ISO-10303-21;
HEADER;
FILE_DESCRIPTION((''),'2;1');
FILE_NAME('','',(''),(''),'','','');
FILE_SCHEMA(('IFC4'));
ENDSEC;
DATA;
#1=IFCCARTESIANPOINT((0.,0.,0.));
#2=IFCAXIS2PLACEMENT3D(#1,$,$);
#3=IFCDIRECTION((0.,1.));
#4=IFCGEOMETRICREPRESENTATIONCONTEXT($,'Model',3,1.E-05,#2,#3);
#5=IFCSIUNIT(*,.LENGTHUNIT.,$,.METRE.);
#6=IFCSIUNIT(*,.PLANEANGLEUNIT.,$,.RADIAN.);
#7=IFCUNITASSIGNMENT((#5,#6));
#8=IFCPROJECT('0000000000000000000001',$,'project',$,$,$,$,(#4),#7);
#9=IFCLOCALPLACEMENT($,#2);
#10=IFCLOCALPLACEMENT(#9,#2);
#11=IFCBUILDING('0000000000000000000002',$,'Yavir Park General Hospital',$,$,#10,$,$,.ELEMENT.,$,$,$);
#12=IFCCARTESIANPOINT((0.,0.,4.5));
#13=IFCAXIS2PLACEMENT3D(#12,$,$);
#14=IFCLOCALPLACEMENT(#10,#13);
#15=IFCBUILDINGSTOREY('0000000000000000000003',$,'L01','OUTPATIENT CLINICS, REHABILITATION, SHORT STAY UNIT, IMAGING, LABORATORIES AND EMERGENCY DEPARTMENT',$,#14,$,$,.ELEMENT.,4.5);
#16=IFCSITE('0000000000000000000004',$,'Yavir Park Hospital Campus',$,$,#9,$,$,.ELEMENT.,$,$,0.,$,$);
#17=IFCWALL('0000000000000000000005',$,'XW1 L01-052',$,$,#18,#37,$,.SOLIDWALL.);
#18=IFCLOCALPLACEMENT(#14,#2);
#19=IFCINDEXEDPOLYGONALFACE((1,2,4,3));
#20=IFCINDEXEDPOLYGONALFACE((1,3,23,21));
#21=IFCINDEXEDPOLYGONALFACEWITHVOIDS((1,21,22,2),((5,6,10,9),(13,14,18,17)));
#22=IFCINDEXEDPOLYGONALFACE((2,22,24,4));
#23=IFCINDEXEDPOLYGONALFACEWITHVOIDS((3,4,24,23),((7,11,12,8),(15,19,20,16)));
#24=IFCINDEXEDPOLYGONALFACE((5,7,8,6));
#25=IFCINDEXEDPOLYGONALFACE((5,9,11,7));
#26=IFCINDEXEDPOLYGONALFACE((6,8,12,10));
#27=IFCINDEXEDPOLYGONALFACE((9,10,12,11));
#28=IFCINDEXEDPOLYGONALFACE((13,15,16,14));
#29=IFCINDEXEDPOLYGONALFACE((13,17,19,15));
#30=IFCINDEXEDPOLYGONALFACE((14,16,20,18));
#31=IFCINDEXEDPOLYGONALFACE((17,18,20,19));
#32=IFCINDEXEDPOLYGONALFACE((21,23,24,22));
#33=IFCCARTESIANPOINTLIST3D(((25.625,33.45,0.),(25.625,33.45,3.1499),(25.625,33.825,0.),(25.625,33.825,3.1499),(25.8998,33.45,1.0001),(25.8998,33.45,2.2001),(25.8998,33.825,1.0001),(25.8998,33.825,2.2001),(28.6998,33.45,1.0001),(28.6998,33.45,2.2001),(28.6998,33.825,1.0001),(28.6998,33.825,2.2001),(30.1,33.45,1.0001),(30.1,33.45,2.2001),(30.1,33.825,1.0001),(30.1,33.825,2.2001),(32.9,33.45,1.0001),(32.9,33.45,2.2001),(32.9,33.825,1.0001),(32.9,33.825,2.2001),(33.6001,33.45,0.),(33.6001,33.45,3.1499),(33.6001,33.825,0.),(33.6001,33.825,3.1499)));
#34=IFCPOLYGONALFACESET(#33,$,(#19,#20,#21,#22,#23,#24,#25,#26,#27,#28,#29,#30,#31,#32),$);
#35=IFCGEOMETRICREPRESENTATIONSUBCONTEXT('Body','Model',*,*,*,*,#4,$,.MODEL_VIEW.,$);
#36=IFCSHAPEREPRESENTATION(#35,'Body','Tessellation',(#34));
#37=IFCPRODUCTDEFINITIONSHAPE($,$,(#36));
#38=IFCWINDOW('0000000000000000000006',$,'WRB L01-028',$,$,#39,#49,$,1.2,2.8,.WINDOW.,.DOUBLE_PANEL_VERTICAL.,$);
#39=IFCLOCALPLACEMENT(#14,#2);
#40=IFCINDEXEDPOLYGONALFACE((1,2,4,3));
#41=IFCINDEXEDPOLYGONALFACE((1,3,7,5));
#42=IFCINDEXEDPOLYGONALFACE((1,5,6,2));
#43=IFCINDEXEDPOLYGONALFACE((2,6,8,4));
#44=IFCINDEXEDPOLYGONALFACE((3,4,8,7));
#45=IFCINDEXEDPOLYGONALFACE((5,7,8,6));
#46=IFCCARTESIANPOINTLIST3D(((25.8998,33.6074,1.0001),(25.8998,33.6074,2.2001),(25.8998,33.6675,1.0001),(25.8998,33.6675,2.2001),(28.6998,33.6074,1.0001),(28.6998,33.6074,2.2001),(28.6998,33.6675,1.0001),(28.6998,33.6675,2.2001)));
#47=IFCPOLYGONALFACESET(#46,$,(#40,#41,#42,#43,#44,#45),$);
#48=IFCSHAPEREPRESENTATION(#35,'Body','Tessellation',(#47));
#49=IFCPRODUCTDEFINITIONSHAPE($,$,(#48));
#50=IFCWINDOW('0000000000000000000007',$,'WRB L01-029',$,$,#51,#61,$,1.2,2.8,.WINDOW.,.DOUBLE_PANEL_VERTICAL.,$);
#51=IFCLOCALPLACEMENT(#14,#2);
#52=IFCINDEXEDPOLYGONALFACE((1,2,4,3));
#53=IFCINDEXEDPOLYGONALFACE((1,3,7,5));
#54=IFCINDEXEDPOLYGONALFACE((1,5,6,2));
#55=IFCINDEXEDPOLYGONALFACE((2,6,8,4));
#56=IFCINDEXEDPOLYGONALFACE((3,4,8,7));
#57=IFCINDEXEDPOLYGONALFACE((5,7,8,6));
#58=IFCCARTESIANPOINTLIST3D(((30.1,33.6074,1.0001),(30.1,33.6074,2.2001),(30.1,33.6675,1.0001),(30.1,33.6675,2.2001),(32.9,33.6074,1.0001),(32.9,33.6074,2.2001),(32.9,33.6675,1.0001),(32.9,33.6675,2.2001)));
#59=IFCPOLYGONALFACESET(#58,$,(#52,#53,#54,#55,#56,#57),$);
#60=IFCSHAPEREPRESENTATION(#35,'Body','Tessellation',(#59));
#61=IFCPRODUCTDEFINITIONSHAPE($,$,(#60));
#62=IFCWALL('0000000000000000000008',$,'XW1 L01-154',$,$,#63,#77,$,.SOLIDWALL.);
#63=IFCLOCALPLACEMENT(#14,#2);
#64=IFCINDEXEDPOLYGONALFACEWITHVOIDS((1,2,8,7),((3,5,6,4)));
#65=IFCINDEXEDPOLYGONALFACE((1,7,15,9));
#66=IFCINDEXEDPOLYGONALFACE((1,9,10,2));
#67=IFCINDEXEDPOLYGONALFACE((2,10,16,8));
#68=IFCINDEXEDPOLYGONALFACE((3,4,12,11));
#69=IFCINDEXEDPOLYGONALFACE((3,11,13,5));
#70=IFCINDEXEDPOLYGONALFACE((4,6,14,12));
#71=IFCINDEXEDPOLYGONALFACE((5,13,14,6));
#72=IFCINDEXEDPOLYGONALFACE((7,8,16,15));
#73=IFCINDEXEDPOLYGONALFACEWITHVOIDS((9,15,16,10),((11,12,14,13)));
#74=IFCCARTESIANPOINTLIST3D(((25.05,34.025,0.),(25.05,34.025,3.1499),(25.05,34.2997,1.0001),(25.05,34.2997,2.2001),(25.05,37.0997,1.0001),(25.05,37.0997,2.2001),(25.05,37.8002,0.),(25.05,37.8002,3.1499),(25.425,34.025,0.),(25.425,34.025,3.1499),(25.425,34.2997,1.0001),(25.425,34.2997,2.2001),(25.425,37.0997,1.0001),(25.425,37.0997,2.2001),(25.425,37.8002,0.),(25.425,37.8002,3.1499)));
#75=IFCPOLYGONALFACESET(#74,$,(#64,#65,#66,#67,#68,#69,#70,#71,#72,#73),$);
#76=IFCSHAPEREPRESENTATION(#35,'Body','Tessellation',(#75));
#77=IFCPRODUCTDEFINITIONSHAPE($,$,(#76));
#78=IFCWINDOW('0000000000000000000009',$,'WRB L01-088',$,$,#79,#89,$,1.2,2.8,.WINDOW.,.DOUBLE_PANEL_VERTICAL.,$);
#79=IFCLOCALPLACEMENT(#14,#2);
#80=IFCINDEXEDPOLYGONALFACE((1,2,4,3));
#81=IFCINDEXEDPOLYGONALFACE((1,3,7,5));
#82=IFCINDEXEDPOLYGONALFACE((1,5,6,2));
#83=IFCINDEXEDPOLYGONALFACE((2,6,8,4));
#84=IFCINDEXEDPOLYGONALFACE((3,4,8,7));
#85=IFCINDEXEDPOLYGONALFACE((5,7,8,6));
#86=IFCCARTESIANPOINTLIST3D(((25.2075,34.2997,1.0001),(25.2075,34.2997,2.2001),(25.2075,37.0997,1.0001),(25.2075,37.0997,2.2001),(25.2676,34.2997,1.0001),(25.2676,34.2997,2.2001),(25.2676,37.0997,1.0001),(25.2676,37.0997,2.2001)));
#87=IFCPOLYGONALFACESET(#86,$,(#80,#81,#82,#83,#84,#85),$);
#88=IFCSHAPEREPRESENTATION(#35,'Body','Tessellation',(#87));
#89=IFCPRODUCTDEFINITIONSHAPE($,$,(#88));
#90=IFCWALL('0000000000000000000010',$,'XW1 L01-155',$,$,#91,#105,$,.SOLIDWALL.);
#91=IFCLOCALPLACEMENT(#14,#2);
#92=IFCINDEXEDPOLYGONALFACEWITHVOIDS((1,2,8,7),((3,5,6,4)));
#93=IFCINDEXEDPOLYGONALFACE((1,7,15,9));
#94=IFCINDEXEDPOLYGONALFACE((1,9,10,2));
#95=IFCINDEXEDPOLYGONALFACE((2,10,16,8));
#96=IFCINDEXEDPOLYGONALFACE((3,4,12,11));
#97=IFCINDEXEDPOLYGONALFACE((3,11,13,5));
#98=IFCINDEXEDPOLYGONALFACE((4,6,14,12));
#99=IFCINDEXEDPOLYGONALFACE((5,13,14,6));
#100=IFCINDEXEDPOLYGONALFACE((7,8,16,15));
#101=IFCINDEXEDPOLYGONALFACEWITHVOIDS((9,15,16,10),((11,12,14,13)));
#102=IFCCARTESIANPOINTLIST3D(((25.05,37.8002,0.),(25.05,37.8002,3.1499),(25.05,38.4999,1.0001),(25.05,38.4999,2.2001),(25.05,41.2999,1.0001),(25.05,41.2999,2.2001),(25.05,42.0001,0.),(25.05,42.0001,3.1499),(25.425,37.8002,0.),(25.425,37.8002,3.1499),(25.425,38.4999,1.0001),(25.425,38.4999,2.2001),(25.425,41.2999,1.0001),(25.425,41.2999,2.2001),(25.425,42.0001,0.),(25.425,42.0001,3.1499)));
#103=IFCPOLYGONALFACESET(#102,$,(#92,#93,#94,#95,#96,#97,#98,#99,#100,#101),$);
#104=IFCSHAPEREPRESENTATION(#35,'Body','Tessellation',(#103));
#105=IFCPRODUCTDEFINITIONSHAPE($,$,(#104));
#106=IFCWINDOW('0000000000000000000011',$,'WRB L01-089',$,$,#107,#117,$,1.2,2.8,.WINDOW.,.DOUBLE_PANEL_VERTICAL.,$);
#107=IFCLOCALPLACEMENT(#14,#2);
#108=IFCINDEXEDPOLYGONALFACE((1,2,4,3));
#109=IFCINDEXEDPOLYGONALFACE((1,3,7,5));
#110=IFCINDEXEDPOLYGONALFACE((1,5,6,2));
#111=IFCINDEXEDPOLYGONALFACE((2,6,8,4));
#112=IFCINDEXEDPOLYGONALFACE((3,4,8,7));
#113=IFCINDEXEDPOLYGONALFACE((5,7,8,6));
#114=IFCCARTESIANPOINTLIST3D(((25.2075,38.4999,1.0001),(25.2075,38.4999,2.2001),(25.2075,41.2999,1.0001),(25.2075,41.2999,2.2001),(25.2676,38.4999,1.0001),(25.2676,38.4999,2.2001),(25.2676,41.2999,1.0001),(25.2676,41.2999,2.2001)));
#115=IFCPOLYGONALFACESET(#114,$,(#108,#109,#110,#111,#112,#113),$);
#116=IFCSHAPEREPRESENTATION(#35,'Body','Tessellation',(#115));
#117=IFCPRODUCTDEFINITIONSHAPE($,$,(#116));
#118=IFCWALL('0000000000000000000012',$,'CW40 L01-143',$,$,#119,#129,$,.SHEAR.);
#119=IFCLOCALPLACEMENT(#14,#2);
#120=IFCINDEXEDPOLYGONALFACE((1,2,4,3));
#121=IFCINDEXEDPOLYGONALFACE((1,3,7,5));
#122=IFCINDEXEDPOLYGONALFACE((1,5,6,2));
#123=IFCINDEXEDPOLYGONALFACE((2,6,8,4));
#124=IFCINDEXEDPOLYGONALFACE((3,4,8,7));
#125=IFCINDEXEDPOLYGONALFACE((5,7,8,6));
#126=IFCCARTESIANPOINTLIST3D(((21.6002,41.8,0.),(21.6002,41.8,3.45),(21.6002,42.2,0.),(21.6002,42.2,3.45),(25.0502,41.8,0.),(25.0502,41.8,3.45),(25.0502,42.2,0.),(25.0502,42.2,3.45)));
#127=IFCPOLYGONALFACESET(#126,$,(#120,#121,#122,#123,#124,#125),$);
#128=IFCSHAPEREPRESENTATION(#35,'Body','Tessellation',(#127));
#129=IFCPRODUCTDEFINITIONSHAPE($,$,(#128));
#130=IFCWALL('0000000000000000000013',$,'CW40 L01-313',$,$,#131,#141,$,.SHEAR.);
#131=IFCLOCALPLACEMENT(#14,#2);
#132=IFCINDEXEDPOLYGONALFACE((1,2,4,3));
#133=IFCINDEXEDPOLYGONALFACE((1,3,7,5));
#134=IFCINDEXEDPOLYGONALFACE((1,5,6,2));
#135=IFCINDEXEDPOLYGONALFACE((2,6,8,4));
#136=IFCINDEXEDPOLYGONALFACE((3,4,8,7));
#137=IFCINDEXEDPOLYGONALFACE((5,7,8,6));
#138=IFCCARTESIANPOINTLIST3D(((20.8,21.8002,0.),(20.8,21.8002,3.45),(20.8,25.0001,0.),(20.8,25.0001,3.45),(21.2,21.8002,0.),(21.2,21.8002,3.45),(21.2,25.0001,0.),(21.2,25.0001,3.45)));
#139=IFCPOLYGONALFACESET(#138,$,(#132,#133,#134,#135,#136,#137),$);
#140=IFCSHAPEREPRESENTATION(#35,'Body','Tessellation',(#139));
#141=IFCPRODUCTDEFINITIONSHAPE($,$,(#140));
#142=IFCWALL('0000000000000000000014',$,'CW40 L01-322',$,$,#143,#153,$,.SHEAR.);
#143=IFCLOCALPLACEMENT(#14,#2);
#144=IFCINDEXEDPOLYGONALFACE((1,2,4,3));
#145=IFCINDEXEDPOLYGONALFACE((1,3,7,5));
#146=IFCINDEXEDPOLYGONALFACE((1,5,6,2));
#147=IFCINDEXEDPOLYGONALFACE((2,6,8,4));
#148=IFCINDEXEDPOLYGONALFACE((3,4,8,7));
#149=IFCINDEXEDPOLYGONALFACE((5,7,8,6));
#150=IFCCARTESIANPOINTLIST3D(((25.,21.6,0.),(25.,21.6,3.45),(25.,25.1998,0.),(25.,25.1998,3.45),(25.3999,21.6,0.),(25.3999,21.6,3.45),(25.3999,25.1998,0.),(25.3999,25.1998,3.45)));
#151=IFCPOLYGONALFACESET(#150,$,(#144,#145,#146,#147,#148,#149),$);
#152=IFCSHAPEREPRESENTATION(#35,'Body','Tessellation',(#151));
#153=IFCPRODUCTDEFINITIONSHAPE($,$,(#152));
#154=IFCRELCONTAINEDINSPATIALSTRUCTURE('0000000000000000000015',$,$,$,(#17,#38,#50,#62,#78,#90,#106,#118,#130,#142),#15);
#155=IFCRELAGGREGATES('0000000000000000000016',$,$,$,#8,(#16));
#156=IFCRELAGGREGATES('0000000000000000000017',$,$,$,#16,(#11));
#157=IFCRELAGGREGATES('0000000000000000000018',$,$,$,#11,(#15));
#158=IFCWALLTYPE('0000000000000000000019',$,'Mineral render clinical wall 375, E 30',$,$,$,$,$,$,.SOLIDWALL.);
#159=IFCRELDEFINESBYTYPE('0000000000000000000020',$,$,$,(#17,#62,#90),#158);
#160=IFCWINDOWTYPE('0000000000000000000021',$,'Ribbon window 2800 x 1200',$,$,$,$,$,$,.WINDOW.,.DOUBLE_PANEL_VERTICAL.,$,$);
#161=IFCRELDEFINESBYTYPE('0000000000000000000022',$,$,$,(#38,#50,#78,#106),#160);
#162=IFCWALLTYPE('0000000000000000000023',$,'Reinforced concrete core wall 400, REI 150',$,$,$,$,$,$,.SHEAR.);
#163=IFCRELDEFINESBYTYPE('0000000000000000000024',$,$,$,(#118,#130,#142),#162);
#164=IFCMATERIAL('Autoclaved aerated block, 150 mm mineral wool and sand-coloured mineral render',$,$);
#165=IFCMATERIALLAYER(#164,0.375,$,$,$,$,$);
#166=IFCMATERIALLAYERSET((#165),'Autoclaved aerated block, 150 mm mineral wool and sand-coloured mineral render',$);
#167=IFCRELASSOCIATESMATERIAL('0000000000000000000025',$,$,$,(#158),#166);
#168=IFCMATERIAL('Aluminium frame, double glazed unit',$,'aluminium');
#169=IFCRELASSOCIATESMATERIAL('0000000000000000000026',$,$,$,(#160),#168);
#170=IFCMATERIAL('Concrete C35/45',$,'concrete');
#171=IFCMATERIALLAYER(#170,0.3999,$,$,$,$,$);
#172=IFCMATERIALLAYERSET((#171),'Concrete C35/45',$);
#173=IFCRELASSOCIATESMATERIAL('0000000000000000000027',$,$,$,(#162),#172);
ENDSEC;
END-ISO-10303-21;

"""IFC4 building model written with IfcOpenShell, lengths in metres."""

from ifc_helpers import new_model, si_unit, direction, frame, frame_2d, origin, place, context, subcontext, project, spatial, rectangle, extrude, material, layer, layer_set, type_object, element, fill, save


model = new_model("IFC4")

# Units and contexts
model_context = context("Model", 3, precision=1e-05, world=origin(), true_north=direction((0.0, 1.0)))
body_context = subcontext(model_context, "Body", "Model", "MODEL_VIEW")
ifc_project = project(units=[si_unit("LENGTHUNIT", "METRE"), si_unit("PLANEANGLEUNIT", "RADIAN")], contexts=[model_context])

# Site, building, storey
site_placement = place(None, origin())
site = spatial("IfcSite", under=ifc_project, at=site_placement, Name="Yavir Park Hospital Campus", CompositionType="ELEMENT", RefElevation=0.0)
building_placement = place(site_placement, origin())
building = spatial("IfcBuilding", under=site, at=building_placement, Name="Yavir Park General Hospital", CompositionType="ELEMENT")
storey_placement = place(building_placement, frame((0.0, 0.0, 4.5)))
storey = spatial("IfcBuildingStorey", under=building, at=storey_placement, Name="L01", Description="OUTPATIENT CLINICS, REHABILITATION, SHORT STAY UNIT, IMAGING, LABORATORIES AND EMERGENCY DEPARTMENT", CompositionType="ELEMENT", Elevation=4.5)

# Wall, openings, windows
ifc_material_1 = material(Name="Autoclaved aerated block, 150 mm mineral wool and sand-coloured mineral render")
ifc_layer_1 = layer(ifc_material_1, 0.375)
ifc_layer_set_1 = layer_set([ifc_layer_1], Name="Autoclaved aerated block, 150 mm mineral wool and sand-coloured mineral render")
wall_type_1 = type_object("IfcWallType", Name="Mineral render clinical wall 375, E 30", PredefinedType="SOLIDWALL", material=ifc_layer_set_1)
wall_1_placement = place(storey_placement, frame((25.625, 33.6375, 0.0), z_axis=(0.0, 0.0, 1.0), x_axis=(1.0, 0.0, 0.0)))
wall_1 = element("IfcWall", 1, at=wall_1_placement, inside=storey, type_object=wall_type_1, Name="XW1 L01-052", PredefinedType="SOLIDWALL", context=body_context, shape_type="SweptSolid", body=[
    extrude(rectangle(XDim=7.9751, YDim=0.375, at=frame_2d((3.9875, 0.0))), origin(), (0.0, 0.0, 1.0), 3.1499),
])
opening_1_placement = place(wall_1_placement, frame((0.2749, 0.0, 1.0)))
opening_1 = element("IfcOpeningElement", 2, at=opening_1_placement, cuts=wall_1, PredefinedType="OPENING", context=body_context, shape_type="SweptSolid", body=[
    extrude(rectangle(XDim=2.8, YDim=1.2, at=frame_2d((1.3999, 0.6001))), frame((0.0, 0.1975, 0.0), z_axis=(0.0, -1.0, 0.0), x_axis=(1.0, 0.0, 0.0)), (0.0, 0.0, 1.0), 0.395),
])
opening_2_placement = place(wall_1_placement, frame((4.4751, 0.0, 1.0)))
opening_2 = element("IfcOpeningElement", 3, at=opening_2_placement, cuts=wall_1, PredefinedType="OPENING", context=body_context, shape_type="SweptSolid", body=[
    extrude(rectangle(XDim=2.8, YDim=1.2, at=frame_2d((1.3999, 0.6001))), frame((0.0, 0.1975, 0.0), z_axis=(0.0, -1.0, 0.0), x_axis=(1.0, 0.0, 0.0)), (0.0, 0.0, 1.0), 0.395),
])
ifc_material_2 = material(Name="Aluminium frame, double glazed unit", Category="aluminium")
window_type = type_object("IfcWindowType", Name="Ribbon window 2800 x 1200", PartitioningType="DOUBLE_PANEL_VERTICAL", PredefinedType="WINDOW", material=ifc_material_2)
window_1_placement = place(opening_1_placement, origin())
window_1 = element("IfcWindow", 4, at=window_1_placement, inside=storey, type_object=window_type, Name="WRB L01-028", OverallHeight=1.2, OverallWidth=2.8, PartitioningType="DOUBLE_PANEL_VERTICAL", PredefinedType="WINDOW", context=body_context, shape_type="SweptSolid", body=[
    extrude(rectangle(XDim=2.8, YDim=1.2, at=frame_2d((1.3999, 0.6001))), frame((0.0, 0.03, 0.0), z_axis=(0.0, -1.0, 0.0), x_axis=(1.0, 0.0, 0.0)), (0.0, 0.0, 1.0), 0.0601),
])
fill(opening_1, window_1)
window_2_placement = place(opening_2_placement, origin())
window_2 = element("IfcWindow", 5, at=window_2_placement, inside=storey, type_object=window_type, Name="WRB L01-029", OverallHeight=1.2, OverallWidth=2.8, PartitioningType="DOUBLE_PANEL_VERTICAL", PredefinedType="WINDOW", context=body_context, shape_type="SweptSolid", body=[
    extrude(rectangle(XDim=2.8, YDim=1.2, at=frame_2d((1.3999, 0.6001))), frame((0.0, 0.03, 0.0), z_axis=(0.0, -1.0, 0.0), x_axis=(1.0, 0.0, 0.0)), (0.0, 0.0, 1.0), 0.0601),
])
fill(opening_2, window_2)

# Walls, openings, windows
wall_2_placement = place(storey_placement, frame((25.2375, 34.0249, 0.0), z_axis=(0.0, 0.0, 1.0), x_axis=(0.0, 1.0, 0.0)))
wall_2 = element("IfcWall", 6, at=wall_2_placement, inside=storey, type_object=wall_type_1, Name="XW1 L01-154", PredefinedType="SOLIDWALL", context=body_context, shape_type="SweptSolid", body=[
    extrude(rectangle(XDim=3.7751, YDim=0.375, at=frame_2d((1.8877, 0.0))), origin(), (0.0, 0.0, 1.0), 3.1499),
])
opening_3_placement = place(wall_2_placement, frame((0.2749, 0.0, 1.0)))
opening_3 = element("IfcOpeningElement", 7, at=opening_3_placement, cuts=wall_2, PredefinedType="OPENING", context=body_context, shape_type="SweptSolid", body=[
    extrude(rectangle(XDim=2.8, YDim=1.2, at=frame_2d((1.3999, 0.6001))), frame((0.0, 0.1975, 0.0), z_axis=(0.0, -1.0, 0.0), x_axis=(1.0, 0.0, 0.0)), (0.0, 0.0, 1.0), 0.395),
])
window_3_placement = place(opening_3_placement, origin())
window_3 = element("IfcWindow", 8, at=window_3_placement, inside=storey, type_object=window_type, Name="WRB L01-088", OverallHeight=1.2, OverallWidth=2.8, PartitioningType="DOUBLE_PANEL_VERTICAL", PredefinedType="WINDOW", context=body_context, shape_type="SweptSolid", body=[
    extrude(rectangle(XDim=2.8, YDim=1.2, at=frame_2d((1.3999, 0.6001))), frame((0.0, 0.03, 0.0), z_axis=(0.0, -1.0, 0.0), x_axis=(1.0, 0.0, 0.0)), (0.0, 0.0, 1.0), 0.0601),
])
fill(opening_3, window_3)
wall_3_placement = place(storey_placement, frame((25.2375, 37.8, 0.0), z_axis=(0.0, 0.0, 1.0), x_axis=(0.0, 1.0, 0.0)))
wall_3 = element("IfcWall", 9, at=wall_3_placement, inside=storey, type_object=wall_type_1, Name="XW1 L01-155", PredefinedType="SOLIDWALL", context=body_context, shape_type="SweptSolid", body=[
    extrude(rectangle(XDim=4.2, YDim=0.375, at=frame_2d((2.1001, 0.0))), origin(), (0.0, 0.0, 1.0), 3.1499),
])
opening_4_placement = place(wall_3_placement, frame((0.7, 0.0, 1.0)))
opening_4 = element("IfcOpeningElement", 10, at=opening_4_placement, cuts=wall_3, PredefinedType="OPENING", context=body_context, shape_type="SweptSolid", body=[
    extrude(rectangle(XDim=2.8, YDim=1.2, at=frame_2d((1.3999, 0.6001))), frame((0.0, 0.1975, 0.0), z_axis=(0.0, -1.0, 0.0), x_axis=(1.0, 0.0, 0.0)), (0.0, 0.0, 1.0), 0.395),
])
window_4_placement = place(opening_4_placement, origin())
window_4 = element("IfcWindow", 11, at=window_4_placement, inside=storey, type_object=window_type, Name="WRB L01-089", OverallHeight=1.2, OverallWidth=2.8, PartitioningType="DOUBLE_PANEL_VERTICAL", PredefinedType="WINDOW", context=body_context, shape_type="SweptSolid", body=[
    extrude(rectangle(XDim=2.8, YDim=1.2, at=frame_2d((1.3999, 0.6001))), frame((0.0, 0.03, 0.0), z_axis=(0.0, -1.0, 0.0), x_axis=(1.0, 0.0, 0.0)), (0.0, 0.0, 1.0), 0.0601),
])
fill(opening_4, window_4)

# Walls
ifc_material_3 = material(Name="Concrete C35/45", Category="concrete")
ifc_layer_2 = layer(ifc_material_3, 0.3999)
ifc_layer_set_2 = layer_set([ifc_layer_2], Name="Concrete C35/45")
wall_type_2 = type_object("IfcWallType", Name="Reinforced concrete core wall 400, REI 150", PredefinedType="SHEAR", material=ifc_layer_set_2)
wall_4_placement = place(storey_placement, frame((21.6001, 42.0, 0.0), z_axis=(0.0, 0.0, 1.0), x_axis=(1.0, 0.0, 0.0)))
element("IfcWall", 12, at=wall_4_placement, inside=storey, type_object=wall_type_2, Name="CW40 L01-143", PredefinedType="SHEAR", context=body_context, shape_type="SweptSolid", body=[
    extrude(rectangle(XDim=3.45, YDim=0.3999, at=frame_2d((1.7251, 0.0))), origin(), (0.0, 0.0, 1.0), 3.45),
])
wall_5_placement = place(storey_placement, frame((21.0, 21.8, 0.0), z_axis=(0.0, 0.0, 1.0), x_axis=(0.0, 1.0, 0.0)))
element("IfcWall", 13, at=wall_5_placement, inside=storey, type_object=wall_type_2, Name="CW40 L01-313", PredefinedType="SHEAR", context=body_context, shape_type="SweptSolid", body=[
    extrude(rectangle(XDim=3.2, YDim=0.3999, at=frame_2d((1.6001, 0.0))), origin(), (0.0, 0.0, 1.0), 3.45),
])
wall_6_placement = place(storey_placement, frame((25.2, 21.6001, 0.0), z_axis=(0.0, 0.0, 1.0), x_axis=(0.0, 1.0, 0.0)))
element("IfcWall", 14, at=wall_6_placement, inside=storey, type_object=wall_type_2, Name="CW40 L01-322", PredefinedType="SHEAR", context=body_context, shape_type="SweptSolid", body=[
    extrude(rectangle(XDim=3.5999, YDim=0.3999, at=frame_2d((1.7998, 0.0))), origin(), (0.0, 0.0, 1.0), 3.45),
])

save(model, "model.ifc")
